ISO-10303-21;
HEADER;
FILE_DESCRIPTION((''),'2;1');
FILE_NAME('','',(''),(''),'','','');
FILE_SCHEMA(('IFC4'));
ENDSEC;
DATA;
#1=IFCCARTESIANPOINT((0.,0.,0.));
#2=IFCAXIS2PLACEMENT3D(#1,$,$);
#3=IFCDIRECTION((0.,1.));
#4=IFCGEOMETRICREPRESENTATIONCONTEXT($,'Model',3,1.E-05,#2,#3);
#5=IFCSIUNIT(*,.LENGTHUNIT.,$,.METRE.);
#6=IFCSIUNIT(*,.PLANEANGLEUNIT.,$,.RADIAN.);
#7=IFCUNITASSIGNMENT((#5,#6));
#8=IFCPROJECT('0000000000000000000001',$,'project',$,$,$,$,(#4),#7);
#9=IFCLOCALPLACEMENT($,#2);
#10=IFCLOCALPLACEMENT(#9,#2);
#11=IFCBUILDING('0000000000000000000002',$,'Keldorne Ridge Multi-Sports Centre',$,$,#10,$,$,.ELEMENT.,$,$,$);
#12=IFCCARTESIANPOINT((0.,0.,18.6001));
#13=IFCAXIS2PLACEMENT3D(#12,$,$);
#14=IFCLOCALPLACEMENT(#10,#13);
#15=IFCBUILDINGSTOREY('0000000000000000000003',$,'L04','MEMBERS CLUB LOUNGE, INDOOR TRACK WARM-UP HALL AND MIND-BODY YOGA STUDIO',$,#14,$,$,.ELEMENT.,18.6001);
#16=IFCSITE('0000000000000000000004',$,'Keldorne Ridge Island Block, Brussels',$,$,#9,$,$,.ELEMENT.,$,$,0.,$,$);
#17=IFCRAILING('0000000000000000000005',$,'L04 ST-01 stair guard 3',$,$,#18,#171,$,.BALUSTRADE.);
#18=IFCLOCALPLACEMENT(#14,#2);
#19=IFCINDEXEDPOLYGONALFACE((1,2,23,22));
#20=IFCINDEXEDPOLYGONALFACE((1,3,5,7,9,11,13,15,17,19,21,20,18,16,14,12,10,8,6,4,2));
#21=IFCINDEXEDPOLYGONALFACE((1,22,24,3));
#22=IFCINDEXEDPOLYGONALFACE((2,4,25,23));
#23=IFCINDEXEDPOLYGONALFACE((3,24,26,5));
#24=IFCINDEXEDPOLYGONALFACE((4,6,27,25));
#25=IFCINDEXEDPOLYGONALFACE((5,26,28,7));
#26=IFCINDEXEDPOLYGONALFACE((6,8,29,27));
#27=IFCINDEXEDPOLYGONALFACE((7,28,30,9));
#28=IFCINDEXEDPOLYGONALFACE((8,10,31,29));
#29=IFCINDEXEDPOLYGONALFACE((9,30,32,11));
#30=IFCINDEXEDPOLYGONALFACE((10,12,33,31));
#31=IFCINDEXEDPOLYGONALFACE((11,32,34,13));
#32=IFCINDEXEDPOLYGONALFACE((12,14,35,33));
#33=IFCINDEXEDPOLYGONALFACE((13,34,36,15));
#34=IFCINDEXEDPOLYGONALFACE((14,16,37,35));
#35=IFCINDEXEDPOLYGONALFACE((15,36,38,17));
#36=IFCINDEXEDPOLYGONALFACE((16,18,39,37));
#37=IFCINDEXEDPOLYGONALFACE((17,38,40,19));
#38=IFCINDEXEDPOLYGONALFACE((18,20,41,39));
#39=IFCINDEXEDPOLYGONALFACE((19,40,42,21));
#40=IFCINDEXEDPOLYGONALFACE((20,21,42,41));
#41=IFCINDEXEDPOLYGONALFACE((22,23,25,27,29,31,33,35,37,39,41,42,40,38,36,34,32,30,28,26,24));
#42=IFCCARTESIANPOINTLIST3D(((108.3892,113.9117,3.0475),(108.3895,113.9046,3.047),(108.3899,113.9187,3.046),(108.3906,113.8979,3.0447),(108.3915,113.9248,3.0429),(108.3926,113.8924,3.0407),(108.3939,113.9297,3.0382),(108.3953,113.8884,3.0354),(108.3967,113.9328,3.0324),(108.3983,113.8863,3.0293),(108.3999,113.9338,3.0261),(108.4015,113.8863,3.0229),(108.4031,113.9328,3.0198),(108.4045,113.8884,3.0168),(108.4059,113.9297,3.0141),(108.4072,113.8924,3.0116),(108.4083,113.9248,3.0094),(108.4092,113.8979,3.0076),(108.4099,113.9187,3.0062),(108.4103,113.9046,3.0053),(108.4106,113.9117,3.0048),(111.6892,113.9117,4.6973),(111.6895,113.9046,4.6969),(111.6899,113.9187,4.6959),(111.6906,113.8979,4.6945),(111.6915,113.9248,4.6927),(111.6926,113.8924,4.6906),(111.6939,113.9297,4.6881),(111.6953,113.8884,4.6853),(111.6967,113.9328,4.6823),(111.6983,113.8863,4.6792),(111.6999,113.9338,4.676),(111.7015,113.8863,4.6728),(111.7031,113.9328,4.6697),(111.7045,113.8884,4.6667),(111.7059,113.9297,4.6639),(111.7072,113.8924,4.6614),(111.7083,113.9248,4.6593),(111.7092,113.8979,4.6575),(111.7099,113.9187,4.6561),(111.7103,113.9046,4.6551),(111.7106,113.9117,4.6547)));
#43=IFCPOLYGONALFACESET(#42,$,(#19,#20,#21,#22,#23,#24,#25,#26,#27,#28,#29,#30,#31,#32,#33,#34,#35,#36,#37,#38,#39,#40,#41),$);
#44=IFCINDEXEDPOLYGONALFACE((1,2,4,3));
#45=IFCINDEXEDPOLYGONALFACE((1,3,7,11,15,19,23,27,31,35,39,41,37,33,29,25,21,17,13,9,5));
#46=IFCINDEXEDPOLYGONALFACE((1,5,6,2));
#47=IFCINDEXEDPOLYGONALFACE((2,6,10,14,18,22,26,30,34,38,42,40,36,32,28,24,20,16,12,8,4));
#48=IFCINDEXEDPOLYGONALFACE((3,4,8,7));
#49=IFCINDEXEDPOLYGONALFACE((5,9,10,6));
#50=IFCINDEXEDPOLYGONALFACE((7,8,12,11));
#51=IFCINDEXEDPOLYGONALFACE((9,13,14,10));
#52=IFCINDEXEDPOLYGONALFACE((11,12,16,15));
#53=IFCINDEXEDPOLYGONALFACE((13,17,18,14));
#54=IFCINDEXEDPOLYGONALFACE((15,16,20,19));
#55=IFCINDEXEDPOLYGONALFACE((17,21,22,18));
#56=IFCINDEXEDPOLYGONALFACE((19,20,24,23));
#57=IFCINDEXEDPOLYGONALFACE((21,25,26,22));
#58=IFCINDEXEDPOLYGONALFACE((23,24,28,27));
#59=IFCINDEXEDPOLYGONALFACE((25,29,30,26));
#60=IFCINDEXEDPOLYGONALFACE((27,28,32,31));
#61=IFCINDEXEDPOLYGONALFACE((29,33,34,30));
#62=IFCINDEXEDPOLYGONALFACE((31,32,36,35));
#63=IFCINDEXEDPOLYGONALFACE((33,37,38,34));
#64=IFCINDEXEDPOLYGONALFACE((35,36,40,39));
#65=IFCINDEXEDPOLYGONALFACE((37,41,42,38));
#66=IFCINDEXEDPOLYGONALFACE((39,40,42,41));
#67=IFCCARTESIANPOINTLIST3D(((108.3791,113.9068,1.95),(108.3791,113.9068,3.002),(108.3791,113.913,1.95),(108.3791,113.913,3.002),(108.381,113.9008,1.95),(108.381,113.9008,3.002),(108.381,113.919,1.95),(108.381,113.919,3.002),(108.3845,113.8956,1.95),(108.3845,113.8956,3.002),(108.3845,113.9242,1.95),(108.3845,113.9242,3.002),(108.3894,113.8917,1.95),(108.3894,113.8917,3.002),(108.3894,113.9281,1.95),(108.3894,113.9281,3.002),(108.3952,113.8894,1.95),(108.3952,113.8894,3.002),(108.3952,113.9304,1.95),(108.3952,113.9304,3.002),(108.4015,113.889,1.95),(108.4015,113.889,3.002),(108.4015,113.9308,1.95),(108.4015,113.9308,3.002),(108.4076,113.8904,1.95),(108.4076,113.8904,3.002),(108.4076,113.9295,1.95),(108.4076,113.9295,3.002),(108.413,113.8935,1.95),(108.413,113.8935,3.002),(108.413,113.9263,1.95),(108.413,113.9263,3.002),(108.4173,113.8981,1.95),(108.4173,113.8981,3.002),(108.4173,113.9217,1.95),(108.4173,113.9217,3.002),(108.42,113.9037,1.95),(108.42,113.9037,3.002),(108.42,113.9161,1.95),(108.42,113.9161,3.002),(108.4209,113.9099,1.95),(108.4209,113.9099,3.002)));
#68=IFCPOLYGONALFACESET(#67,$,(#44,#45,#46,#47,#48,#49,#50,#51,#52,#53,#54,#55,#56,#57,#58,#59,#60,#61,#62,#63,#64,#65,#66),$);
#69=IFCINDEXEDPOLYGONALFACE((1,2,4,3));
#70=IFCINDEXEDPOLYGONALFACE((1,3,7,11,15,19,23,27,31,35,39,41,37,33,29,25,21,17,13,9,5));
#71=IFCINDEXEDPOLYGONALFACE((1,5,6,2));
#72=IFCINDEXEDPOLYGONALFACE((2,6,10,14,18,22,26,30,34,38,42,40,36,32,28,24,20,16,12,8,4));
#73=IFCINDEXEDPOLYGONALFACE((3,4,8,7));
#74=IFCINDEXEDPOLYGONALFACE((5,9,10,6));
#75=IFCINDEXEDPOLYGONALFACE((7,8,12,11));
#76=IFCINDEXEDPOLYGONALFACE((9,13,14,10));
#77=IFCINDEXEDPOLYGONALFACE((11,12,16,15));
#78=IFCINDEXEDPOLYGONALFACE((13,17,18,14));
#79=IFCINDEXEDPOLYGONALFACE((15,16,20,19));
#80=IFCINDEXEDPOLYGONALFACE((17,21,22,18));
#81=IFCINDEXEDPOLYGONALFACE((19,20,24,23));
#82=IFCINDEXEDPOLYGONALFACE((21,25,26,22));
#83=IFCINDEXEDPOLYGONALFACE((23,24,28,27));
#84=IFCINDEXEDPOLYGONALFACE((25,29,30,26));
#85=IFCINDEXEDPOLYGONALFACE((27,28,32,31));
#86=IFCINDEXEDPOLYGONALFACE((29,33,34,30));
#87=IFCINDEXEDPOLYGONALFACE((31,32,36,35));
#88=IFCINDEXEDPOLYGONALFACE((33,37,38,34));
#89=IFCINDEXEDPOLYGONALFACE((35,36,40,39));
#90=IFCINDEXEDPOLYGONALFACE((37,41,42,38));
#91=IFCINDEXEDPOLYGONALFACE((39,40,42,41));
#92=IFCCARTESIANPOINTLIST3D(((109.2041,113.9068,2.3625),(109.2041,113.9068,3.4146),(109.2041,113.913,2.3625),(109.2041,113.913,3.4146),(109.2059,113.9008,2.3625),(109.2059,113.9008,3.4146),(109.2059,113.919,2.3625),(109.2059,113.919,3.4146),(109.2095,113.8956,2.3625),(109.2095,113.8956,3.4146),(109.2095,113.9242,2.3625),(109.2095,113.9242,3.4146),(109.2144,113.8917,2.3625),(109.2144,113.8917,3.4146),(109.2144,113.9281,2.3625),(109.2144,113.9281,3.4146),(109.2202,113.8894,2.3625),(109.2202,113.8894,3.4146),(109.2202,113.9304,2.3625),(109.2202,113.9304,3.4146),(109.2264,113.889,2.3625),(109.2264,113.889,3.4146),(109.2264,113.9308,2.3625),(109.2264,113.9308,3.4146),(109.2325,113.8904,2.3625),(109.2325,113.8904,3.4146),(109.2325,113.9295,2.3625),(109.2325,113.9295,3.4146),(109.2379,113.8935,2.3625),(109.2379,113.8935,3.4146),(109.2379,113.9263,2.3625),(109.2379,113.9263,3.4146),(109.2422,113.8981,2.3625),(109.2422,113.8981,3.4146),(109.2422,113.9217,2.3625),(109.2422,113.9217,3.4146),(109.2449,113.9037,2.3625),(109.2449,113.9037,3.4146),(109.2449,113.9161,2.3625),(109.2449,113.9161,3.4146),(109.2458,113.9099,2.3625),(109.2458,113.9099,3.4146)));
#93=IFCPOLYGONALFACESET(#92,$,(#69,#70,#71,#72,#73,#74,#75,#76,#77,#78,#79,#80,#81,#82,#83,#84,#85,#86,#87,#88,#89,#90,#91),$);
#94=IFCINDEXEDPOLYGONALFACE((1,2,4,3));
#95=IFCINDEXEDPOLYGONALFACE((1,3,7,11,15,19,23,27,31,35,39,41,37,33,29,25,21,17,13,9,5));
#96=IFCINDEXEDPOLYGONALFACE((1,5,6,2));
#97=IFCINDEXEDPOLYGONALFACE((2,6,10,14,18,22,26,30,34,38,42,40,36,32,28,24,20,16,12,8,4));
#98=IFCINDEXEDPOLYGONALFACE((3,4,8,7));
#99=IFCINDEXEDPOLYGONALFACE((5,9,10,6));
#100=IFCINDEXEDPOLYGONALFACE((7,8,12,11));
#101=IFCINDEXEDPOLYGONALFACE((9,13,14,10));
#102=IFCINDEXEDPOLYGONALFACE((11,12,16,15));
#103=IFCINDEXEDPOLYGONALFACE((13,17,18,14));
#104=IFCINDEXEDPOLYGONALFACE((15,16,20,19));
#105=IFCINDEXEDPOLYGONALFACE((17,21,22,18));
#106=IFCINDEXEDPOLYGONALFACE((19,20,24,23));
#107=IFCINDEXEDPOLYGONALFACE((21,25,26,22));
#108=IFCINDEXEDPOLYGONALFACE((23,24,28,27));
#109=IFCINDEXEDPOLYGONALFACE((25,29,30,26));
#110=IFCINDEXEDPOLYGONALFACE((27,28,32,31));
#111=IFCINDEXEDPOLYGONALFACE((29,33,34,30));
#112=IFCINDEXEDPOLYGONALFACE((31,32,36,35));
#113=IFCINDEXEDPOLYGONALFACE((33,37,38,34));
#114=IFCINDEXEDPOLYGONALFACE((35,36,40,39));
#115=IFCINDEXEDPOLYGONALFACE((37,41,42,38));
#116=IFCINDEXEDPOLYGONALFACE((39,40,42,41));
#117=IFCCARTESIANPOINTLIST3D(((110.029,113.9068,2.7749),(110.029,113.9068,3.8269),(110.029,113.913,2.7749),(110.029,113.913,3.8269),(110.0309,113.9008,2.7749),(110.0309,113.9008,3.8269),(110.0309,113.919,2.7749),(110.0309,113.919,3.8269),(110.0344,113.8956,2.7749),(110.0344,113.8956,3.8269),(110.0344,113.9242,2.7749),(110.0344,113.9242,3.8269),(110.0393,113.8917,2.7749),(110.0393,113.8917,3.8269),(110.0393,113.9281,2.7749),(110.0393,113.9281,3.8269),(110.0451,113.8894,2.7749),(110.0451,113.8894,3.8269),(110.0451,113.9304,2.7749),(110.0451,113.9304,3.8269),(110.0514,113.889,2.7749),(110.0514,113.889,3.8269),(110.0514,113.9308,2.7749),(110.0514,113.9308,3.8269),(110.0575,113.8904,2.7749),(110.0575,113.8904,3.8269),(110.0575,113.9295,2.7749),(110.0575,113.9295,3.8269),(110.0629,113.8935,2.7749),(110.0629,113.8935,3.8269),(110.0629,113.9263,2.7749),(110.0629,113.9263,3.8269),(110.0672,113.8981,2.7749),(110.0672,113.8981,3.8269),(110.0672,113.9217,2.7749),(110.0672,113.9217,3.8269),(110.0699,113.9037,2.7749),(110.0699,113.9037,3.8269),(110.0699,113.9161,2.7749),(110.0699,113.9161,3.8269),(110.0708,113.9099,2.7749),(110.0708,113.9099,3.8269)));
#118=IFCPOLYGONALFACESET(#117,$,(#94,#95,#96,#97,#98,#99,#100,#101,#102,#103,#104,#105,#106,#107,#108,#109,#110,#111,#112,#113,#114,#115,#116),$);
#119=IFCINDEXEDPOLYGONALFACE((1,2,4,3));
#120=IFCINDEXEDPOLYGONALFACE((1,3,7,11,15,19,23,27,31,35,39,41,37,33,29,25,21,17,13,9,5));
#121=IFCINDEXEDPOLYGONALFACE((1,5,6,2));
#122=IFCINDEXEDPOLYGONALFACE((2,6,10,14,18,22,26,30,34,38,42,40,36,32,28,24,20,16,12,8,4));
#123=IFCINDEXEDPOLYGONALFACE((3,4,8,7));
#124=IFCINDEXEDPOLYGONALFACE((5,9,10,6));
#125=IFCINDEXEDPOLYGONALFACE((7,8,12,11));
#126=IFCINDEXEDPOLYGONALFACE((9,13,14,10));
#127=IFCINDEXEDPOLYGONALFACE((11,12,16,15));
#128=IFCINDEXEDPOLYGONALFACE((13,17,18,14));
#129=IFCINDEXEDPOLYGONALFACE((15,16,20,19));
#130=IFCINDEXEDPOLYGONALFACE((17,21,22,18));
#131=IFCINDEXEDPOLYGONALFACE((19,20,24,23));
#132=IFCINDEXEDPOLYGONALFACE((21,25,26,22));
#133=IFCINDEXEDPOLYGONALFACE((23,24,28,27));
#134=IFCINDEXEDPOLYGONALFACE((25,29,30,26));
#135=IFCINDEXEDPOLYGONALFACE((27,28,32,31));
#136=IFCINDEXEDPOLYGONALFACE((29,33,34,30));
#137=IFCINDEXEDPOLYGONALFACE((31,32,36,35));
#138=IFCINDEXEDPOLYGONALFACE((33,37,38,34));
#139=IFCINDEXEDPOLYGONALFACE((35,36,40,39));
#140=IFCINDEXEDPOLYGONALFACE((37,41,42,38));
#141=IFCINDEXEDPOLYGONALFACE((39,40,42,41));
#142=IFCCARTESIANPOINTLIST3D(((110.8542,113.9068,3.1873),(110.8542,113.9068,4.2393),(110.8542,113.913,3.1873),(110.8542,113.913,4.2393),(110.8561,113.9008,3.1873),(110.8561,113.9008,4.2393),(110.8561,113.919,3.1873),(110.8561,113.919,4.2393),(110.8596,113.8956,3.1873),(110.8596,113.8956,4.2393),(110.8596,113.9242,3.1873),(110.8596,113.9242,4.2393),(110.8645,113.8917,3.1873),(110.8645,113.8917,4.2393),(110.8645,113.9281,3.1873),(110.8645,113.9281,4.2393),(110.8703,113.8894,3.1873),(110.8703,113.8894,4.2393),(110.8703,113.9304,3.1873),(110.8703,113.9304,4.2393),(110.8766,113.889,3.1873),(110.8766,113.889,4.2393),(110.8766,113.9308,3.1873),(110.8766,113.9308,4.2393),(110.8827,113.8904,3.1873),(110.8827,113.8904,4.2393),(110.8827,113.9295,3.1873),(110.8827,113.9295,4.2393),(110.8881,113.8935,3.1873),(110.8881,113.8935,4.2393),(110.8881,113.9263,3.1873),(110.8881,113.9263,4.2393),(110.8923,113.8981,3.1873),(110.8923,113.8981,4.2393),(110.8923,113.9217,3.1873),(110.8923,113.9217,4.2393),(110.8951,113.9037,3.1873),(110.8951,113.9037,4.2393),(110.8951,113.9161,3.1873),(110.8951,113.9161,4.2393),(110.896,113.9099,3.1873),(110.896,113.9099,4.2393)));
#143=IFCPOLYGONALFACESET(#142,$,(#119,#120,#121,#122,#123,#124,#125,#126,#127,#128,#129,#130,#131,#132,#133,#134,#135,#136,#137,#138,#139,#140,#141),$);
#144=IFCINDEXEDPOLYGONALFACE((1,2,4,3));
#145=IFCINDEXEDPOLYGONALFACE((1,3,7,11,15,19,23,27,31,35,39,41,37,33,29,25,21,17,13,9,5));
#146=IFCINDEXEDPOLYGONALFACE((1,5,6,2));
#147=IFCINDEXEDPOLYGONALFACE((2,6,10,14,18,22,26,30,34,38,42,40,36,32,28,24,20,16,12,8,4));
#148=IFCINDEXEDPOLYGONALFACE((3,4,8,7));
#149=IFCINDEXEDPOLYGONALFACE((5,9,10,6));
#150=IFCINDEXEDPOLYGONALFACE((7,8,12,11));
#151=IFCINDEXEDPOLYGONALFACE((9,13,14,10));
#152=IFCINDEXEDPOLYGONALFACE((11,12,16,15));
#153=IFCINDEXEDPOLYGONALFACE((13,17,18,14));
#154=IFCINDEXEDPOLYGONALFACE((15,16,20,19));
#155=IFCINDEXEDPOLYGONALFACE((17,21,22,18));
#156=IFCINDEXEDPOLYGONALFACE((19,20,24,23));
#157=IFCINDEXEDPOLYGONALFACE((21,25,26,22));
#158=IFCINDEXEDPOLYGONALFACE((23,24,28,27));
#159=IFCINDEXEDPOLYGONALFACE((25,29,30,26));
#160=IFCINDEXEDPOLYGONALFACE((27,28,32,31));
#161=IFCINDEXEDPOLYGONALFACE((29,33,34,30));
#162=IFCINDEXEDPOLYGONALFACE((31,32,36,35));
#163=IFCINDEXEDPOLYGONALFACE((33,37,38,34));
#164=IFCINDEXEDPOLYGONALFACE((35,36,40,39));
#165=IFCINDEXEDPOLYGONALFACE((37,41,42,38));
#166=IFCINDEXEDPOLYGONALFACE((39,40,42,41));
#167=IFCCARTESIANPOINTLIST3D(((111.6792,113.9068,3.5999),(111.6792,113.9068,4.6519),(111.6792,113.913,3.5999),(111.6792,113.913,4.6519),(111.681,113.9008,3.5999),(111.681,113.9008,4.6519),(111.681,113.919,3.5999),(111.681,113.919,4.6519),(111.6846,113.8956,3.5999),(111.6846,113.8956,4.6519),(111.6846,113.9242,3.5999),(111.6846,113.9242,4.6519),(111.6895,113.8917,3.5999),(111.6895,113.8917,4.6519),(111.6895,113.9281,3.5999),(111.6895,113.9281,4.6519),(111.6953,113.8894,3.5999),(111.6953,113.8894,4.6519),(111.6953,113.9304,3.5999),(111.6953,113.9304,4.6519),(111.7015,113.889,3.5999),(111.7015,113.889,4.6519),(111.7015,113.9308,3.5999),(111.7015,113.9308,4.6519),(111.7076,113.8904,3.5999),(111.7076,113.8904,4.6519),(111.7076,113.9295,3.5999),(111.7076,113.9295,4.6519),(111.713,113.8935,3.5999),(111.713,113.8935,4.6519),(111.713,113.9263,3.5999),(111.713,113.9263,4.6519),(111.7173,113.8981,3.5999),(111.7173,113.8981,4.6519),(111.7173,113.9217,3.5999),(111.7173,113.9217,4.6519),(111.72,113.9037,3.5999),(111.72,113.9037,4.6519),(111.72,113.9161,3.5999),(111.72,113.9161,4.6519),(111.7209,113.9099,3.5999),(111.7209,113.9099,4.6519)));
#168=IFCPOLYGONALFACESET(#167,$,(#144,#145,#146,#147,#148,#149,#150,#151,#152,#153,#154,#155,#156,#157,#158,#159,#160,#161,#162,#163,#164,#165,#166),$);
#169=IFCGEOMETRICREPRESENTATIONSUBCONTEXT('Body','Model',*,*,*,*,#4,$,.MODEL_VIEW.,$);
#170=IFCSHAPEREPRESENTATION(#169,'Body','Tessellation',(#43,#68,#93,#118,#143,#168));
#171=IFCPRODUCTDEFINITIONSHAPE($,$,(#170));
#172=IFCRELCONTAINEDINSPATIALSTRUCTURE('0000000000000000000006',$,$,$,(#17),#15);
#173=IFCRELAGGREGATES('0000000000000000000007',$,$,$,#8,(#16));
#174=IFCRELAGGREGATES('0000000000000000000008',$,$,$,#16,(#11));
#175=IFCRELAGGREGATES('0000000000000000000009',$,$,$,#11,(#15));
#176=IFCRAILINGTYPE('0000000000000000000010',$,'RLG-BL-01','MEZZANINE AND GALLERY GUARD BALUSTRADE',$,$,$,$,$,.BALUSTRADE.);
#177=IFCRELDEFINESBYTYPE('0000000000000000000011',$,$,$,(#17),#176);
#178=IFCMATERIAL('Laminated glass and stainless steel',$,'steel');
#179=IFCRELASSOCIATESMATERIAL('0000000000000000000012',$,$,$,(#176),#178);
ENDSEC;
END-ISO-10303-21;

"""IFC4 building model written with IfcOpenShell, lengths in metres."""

from ifc_helpers import new_model, si_unit, direction, frame, origin, origin_2d, place, context, subcontext, project, spatial, circle, extrude, material, type_object, element, save


model = new_model("IFC4")

# Units and contexts
model_context = context("Model", 3, precision=1e-05, world=origin(), true_north=direction((0.0, 1.0)))
body_context = subcontext(model_context, "Body", "Model", "MODEL_VIEW")
ifc_project = project(units=[si_unit("LENGTHUNIT", "METRE"), si_unit("PLANEANGLEUNIT", "RADIAN")], contexts=[model_context])

# Site, building, storey
site_placement = place(None, origin())
site = spatial("IfcSite", under=ifc_project, at=site_placement, Name="Keldorne Ridge Island Block, Brussels", CompositionType="ELEMENT", RefElevation=0.0)
building_placement = place(site_placement, origin())
building = spatial("IfcBuilding", under=site, at=building_placement, Name="Keldorne Ridge Multi-Sports Centre", CompositionType="ELEMENT")
storey_placement = place(building_placement, frame((0.0, 0.0, 18.6001)))
storey = spatial("IfcBuildingStorey", under=building, at=storey_placement, Name="L04", Description="MEMBERS CLUB LOUNGE, INDOOR TRACK WARM-UP HALL AND MIND-BODY YOGA STUDIO", CompositionType="ELEMENT", Elevation=18.6001)

# Railing
ifc_material_1 = material(Name="Laminated glass and stainless steel", Category="steel")
railing_type_1 = type_object("IfcRailingType", Name="RLG-BL-01", Description="MEZZANINE AND GALLERY GUARD BALUSTRADE", PredefinedType="BALUSTRADE", material=ifc_material_1)
railing_1_placement = place(storey_placement, frame((108.3999, 113.9099, 1.95)))
element("IfcRailing", 1, at=railing_1_placement, inside=storey, type_object=railing_type_1, Name="L04 ST-01 stair guard 3", PredefinedType="BALUSTRADE", context=body_context, shape_type="SweptSolid", body=[
    extrude(circle(Radius=0.0239, at=origin_2d()), frame((0.0, 0.0, 1.0762), z_axis=(0.89444, 0.0, 0.447187), x_axis=(0.0, 1.0, 0.0)), (0.0, 0.0, 1.0), 3.6895),
    extrude(circle(Radius=0.021, at=origin_2d()), origin(), (0.0, 0.0, 1.0), 1.052),
    extrude(circle(Radius=0.021, at=origin_2d()), frame((0.825, 0.0, 0.4126)), (0.0, 0.0, 1.0), 1.052),
    extrude(circle(Radius=0.021, at=origin_2d()), frame((1.6499, 0.0, 0.825)), (0.0, 0.0, 1.0), 1.052),
    extrude(circle(Radius=0.021, at=origin_2d()), frame((2.4751, 0.0, 1.2373)), (0.0, 0.0, 1.0), 1.052),
    extrude(circle(Radius=0.021, at=origin_2d()), frame((3.3, 0.0, 1.6499)), (0.0, 0.0, 1.0), 1.052),
])

save(model, "model.ifc")
